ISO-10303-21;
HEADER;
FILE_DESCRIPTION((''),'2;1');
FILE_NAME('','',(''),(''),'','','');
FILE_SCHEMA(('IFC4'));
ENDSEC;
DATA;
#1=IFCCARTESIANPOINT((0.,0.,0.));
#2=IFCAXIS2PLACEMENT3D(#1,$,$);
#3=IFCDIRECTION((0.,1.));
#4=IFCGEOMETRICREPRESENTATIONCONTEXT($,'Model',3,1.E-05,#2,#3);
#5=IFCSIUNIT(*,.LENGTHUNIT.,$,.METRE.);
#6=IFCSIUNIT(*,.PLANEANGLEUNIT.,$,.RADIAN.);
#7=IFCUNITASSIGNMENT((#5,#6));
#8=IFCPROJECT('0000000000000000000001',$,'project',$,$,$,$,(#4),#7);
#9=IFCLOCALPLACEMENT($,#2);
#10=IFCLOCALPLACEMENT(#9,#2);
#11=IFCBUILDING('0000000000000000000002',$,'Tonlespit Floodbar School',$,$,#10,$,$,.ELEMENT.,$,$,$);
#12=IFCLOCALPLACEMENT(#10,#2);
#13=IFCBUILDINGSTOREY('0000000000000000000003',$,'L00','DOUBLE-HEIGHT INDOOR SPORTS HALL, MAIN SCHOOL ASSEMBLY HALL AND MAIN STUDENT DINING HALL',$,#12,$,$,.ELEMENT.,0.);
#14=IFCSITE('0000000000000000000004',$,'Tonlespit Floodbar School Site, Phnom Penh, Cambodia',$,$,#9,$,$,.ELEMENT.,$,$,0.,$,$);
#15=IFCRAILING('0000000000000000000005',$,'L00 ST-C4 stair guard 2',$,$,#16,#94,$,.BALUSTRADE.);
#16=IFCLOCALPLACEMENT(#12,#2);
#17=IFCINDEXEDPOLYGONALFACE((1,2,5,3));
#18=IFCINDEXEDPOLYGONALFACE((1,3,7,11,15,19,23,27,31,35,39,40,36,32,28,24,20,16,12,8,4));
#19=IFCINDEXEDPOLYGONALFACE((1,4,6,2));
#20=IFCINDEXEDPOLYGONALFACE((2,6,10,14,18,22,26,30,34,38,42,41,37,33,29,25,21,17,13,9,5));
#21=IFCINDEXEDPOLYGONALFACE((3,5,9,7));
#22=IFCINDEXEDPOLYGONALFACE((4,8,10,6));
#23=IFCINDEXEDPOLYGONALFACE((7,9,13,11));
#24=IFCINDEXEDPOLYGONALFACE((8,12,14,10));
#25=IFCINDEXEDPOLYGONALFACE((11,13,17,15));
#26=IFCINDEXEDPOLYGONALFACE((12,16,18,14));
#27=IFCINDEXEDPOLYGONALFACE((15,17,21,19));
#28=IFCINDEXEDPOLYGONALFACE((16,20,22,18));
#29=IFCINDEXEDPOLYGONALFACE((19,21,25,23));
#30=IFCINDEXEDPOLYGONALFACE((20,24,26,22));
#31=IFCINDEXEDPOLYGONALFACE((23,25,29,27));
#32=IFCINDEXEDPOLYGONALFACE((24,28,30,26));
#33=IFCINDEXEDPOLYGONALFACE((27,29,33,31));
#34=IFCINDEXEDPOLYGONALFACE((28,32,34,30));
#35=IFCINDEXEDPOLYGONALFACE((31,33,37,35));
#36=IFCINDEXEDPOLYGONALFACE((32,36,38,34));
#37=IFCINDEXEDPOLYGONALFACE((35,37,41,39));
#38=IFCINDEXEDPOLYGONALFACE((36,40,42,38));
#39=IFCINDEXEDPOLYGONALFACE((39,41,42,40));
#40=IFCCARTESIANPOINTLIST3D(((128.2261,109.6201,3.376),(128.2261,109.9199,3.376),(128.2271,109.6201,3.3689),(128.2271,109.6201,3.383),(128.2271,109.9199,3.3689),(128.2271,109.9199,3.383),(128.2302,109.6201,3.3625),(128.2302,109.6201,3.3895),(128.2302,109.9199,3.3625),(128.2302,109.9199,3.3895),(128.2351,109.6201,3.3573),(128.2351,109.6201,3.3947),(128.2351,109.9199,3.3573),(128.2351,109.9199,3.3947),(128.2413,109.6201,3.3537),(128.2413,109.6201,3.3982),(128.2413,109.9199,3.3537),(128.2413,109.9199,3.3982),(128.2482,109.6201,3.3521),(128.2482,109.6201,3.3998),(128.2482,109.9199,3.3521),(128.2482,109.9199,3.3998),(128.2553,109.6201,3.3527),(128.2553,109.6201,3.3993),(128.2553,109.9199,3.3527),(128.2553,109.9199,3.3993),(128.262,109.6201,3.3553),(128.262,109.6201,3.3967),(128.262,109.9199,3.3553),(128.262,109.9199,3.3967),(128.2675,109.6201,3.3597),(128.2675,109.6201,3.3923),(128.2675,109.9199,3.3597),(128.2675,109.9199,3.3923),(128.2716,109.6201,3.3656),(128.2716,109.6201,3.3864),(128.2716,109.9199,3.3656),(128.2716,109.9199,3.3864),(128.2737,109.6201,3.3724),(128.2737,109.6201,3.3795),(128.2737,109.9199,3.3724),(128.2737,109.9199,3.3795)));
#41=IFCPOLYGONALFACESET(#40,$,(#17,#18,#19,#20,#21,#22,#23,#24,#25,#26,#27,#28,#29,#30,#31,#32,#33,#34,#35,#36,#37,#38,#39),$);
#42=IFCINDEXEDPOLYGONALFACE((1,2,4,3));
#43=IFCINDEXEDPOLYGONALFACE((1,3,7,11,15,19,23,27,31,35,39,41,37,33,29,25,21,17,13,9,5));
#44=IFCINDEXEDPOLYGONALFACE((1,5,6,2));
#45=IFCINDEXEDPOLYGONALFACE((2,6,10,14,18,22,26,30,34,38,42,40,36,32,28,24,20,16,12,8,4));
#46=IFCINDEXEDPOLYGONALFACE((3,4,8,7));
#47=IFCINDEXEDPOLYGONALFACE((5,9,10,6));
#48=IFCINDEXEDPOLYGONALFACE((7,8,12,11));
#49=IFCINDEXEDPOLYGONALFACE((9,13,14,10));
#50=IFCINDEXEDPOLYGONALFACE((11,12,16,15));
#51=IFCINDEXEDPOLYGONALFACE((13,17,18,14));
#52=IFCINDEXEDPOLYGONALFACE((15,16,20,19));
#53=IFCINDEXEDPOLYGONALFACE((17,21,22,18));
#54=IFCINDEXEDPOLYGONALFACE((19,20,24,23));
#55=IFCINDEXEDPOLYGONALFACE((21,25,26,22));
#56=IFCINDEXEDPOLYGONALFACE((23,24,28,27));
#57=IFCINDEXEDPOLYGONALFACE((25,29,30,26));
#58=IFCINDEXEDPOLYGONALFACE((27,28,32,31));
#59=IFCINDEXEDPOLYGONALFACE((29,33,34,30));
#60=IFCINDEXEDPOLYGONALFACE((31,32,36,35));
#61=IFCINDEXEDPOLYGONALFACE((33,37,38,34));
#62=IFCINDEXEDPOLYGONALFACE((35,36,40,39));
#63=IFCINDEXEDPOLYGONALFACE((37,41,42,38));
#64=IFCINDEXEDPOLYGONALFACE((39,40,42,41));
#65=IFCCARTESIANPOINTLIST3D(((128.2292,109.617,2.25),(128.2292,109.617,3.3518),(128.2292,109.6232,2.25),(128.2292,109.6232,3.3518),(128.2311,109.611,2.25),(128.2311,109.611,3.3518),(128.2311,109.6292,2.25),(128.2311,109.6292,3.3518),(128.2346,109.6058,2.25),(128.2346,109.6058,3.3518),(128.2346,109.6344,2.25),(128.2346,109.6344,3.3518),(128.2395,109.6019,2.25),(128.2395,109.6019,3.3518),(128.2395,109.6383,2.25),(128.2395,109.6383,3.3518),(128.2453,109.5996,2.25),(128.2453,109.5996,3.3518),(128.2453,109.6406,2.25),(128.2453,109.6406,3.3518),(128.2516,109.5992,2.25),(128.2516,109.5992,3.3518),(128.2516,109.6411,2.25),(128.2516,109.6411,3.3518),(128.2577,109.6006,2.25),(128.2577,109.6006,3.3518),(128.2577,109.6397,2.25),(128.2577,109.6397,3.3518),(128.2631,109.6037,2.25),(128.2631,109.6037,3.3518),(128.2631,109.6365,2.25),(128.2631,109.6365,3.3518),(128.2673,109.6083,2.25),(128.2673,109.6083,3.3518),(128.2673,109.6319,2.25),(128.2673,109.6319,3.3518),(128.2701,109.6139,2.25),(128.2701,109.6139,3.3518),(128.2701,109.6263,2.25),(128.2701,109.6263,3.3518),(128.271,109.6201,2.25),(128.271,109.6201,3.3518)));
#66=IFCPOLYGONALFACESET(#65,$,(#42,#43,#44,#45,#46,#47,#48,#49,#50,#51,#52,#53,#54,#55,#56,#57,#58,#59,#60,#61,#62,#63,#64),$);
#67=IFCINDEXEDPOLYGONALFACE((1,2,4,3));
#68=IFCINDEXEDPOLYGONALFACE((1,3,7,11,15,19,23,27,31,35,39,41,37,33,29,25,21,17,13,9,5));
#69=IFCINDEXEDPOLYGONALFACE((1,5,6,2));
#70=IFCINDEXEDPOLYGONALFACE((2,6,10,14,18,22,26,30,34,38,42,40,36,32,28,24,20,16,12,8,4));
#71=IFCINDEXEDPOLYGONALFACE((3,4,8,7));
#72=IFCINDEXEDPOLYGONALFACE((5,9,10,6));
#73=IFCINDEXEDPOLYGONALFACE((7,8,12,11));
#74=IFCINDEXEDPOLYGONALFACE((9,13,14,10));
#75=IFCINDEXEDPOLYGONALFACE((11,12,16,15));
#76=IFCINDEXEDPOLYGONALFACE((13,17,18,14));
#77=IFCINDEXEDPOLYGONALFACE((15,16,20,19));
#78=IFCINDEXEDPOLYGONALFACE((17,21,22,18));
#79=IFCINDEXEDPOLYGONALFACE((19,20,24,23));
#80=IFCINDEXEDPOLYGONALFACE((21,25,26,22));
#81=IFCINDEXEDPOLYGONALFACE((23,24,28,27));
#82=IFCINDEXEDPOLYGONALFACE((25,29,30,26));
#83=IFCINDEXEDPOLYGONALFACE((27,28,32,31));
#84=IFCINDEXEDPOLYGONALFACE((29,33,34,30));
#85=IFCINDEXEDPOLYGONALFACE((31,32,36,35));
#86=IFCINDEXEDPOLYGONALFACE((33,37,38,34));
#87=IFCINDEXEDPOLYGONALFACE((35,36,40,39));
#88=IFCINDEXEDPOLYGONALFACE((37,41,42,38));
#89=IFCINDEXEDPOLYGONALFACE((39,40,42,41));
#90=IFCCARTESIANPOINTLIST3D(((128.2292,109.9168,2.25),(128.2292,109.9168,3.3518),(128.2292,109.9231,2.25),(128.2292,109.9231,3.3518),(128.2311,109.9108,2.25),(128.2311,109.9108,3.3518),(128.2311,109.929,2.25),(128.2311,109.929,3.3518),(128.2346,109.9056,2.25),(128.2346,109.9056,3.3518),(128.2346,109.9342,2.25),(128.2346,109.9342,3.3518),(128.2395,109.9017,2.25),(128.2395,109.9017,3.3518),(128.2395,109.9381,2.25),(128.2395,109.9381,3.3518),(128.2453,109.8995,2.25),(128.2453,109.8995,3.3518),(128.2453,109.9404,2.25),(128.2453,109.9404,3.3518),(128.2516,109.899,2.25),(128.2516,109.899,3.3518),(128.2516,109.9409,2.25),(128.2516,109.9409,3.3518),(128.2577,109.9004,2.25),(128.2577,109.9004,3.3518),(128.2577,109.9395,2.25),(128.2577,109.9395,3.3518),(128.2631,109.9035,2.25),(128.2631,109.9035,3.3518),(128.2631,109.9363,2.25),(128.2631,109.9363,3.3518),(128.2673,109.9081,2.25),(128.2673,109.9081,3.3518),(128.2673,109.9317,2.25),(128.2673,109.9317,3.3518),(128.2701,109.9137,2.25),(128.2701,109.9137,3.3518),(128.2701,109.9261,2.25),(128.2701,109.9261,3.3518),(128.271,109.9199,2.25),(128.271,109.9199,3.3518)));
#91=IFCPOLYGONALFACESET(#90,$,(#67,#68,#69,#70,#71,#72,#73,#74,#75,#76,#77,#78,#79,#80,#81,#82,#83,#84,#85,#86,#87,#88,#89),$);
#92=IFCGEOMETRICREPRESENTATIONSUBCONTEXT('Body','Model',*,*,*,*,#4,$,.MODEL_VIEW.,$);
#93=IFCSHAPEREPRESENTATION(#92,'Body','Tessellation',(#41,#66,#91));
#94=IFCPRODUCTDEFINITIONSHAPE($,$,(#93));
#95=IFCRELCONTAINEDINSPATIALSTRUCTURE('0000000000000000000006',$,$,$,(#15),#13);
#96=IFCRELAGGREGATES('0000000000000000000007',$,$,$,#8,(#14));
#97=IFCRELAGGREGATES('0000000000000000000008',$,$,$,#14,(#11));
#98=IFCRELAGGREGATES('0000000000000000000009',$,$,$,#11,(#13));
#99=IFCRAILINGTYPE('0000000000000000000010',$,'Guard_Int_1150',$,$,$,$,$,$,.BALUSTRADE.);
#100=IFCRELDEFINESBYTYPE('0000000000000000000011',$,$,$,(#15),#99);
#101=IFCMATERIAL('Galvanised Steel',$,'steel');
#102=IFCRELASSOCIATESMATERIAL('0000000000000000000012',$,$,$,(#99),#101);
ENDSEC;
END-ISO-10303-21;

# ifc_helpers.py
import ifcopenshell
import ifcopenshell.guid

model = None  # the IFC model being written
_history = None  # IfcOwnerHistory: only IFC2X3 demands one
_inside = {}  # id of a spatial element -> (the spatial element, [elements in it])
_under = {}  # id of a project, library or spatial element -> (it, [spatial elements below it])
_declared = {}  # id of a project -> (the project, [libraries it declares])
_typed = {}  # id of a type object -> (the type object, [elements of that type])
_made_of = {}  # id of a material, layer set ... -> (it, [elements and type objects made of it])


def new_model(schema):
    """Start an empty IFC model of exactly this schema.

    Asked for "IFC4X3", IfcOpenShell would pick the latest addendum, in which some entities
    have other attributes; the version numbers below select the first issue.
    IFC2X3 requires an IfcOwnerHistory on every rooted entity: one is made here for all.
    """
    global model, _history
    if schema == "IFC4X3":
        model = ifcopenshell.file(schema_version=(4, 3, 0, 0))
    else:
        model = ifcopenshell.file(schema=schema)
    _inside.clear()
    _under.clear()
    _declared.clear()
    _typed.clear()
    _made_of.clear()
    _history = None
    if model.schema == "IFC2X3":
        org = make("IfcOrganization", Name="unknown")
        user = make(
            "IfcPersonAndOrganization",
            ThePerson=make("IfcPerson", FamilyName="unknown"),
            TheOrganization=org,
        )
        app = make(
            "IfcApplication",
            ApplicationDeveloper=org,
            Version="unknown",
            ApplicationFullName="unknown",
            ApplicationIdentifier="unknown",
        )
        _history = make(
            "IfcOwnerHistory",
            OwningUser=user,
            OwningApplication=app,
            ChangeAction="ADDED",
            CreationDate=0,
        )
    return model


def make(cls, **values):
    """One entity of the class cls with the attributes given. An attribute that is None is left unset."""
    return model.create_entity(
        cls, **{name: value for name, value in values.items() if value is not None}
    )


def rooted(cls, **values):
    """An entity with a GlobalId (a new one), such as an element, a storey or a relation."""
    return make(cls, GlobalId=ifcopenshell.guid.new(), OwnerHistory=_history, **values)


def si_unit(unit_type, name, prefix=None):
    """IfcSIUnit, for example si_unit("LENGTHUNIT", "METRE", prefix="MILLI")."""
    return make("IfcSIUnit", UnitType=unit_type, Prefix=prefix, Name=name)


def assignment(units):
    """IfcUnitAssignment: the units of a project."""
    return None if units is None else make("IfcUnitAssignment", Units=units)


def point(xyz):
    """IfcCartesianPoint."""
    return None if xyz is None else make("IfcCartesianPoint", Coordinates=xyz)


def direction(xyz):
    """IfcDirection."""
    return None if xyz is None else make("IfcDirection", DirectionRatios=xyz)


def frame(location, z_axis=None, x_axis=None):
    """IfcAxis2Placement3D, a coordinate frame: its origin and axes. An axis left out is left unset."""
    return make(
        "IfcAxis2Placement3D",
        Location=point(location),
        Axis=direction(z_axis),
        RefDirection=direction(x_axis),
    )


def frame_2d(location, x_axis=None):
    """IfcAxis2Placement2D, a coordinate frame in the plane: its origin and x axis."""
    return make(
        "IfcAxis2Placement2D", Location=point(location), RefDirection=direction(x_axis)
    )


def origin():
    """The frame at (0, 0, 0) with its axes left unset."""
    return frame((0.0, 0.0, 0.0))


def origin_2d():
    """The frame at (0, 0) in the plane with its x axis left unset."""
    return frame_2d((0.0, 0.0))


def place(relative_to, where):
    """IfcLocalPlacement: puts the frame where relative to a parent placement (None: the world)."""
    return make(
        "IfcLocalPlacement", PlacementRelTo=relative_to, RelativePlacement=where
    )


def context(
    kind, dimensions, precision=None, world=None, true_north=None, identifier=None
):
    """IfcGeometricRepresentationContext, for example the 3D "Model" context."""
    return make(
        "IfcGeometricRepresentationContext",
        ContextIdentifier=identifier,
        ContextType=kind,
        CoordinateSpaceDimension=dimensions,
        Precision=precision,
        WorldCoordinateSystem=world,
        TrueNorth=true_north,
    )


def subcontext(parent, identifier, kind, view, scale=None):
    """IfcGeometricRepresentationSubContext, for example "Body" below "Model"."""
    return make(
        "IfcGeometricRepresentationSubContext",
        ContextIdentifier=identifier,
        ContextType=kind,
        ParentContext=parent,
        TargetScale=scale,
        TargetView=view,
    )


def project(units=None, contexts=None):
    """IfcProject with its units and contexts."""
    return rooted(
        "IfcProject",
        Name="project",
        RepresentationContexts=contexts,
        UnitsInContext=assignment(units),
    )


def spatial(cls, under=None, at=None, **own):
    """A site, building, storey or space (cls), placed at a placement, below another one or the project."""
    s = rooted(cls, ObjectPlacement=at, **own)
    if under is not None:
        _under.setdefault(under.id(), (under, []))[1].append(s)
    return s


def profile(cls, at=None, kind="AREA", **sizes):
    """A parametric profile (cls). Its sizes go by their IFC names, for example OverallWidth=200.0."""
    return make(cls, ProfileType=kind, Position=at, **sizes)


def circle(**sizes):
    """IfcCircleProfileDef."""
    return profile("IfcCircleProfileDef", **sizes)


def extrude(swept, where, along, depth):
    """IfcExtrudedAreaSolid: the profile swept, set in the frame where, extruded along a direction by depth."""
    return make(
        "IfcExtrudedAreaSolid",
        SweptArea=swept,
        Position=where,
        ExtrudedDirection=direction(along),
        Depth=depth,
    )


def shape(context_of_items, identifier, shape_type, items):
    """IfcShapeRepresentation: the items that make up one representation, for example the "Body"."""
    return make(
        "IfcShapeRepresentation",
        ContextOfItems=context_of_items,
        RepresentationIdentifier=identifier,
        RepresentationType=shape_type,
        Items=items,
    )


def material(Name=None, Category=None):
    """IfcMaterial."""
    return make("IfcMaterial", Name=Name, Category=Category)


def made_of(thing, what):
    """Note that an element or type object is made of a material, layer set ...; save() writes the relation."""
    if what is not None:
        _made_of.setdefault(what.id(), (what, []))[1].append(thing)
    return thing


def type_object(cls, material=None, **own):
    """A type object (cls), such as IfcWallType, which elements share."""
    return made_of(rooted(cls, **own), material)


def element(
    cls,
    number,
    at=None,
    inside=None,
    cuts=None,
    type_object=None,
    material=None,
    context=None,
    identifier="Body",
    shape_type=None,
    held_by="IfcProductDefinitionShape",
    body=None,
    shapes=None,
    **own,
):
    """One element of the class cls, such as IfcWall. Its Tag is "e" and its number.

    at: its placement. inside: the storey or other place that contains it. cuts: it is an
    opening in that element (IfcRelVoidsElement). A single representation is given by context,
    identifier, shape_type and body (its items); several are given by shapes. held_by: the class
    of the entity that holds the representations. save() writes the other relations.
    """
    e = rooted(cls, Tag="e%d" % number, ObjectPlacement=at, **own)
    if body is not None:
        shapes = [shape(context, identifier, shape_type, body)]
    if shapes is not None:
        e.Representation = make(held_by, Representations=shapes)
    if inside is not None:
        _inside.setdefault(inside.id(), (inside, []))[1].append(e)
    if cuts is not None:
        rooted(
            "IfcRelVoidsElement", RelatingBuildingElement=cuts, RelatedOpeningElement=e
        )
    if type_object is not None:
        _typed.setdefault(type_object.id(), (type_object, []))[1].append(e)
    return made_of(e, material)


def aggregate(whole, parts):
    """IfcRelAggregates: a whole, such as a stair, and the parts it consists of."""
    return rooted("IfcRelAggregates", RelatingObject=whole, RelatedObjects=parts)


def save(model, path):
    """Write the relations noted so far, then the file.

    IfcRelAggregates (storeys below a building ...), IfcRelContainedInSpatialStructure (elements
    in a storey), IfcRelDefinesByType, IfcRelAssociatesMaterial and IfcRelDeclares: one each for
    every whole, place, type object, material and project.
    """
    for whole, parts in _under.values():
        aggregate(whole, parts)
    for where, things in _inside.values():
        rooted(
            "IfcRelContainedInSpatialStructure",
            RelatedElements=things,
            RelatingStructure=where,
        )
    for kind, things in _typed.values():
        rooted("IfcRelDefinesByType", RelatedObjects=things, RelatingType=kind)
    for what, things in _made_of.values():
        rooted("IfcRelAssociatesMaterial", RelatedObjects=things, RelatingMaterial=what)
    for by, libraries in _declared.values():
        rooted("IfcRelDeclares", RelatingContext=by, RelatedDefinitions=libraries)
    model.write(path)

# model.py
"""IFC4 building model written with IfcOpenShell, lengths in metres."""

from ifc_helpers import new_model, si_unit, direction, frame, origin, origin_2d, place, context, subcontext, project, spatial, circle, extrude, material, type_object, element, save


model = new_model("IFC4")

# Units and contexts
model_context = context("Model", 3, precision=1e-05, world=origin(), true_north=direction((0.0, 1.0)))
body_context = subcontext(model_context, "Body", "Model", "MODEL_VIEW")
ifc_project = project(units=[si_unit("LENGTHUNIT", "METRE"), si_unit("PLANEANGLEUNIT", "RADIAN")], contexts=[model_context])

# Site, building, storey
site_placement = place(None, origin())
site = spatial("IfcSite", under=ifc_project, at=site_placement, Name="Tonlespit Floodbar School Site, Phnom Penh, Cambodia", CompositionType="ELEMENT", RefElevation=0.0)
building_placement = place(site_placement, origin())
building = spatial("IfcBuilding", under=site, at=building_placement, Name="Tonlespit Floodbar School", CompositionType="ELEMENT")
storey_placement = place(building_placement, origin())
storey = spatial("IfcBuildingStorey", under=building, at=storey_placement, Name="L00", Description="DOUBLE-HEIGHT INDOOR SPORTS HALL, MAIN SCHOOL ASSEMBLY HALL AND MAIN STUDENT DINING HALL", CompositionType="ELEMENT", Elevation=0.0)

# Railing
ifc_material_1 = material(Name="Galvanised Steel", Category="steel")
railing_type_1 = type_object("IfcRailingType", Name="Guard_Int_1150", PredefinedType="BALUSTRADE", material=ifc_material_1)
railing_1_placement = place(storey_placement, frame((128.25, 109.6201, 2.25)))
element("IfcRailing", 1, at=railing_1_placement, inside=storey, type_object=railing_type_1, Name="L00 ST-C4 stair guard 2", PredefinedType="BALUSTRADE", context=body_context, shape_type="SweptSolid", body=[
    extrude(circle(Radius=0.0239, at=origin_2d()), frame((0.0, 0.0, 1.126), z_axis=(0.0, 1.0, 0.0), x_axis=(-1.0, 0.0, 0.0)), (0.0, 0.0, 1.0), 0.2998),
    extrude(circle(Radius=0.021, at=origin_2d()), origin(), (0.0, 0.0, 1.0), 1.1018),
    extrude(circle(Radius=0.021, at=origin_2d()), frame((0.0, 0.2998, 0.0)), (0.0, 0.0, 1.0), 1.1018),
])

save(model, "model.ifc")
